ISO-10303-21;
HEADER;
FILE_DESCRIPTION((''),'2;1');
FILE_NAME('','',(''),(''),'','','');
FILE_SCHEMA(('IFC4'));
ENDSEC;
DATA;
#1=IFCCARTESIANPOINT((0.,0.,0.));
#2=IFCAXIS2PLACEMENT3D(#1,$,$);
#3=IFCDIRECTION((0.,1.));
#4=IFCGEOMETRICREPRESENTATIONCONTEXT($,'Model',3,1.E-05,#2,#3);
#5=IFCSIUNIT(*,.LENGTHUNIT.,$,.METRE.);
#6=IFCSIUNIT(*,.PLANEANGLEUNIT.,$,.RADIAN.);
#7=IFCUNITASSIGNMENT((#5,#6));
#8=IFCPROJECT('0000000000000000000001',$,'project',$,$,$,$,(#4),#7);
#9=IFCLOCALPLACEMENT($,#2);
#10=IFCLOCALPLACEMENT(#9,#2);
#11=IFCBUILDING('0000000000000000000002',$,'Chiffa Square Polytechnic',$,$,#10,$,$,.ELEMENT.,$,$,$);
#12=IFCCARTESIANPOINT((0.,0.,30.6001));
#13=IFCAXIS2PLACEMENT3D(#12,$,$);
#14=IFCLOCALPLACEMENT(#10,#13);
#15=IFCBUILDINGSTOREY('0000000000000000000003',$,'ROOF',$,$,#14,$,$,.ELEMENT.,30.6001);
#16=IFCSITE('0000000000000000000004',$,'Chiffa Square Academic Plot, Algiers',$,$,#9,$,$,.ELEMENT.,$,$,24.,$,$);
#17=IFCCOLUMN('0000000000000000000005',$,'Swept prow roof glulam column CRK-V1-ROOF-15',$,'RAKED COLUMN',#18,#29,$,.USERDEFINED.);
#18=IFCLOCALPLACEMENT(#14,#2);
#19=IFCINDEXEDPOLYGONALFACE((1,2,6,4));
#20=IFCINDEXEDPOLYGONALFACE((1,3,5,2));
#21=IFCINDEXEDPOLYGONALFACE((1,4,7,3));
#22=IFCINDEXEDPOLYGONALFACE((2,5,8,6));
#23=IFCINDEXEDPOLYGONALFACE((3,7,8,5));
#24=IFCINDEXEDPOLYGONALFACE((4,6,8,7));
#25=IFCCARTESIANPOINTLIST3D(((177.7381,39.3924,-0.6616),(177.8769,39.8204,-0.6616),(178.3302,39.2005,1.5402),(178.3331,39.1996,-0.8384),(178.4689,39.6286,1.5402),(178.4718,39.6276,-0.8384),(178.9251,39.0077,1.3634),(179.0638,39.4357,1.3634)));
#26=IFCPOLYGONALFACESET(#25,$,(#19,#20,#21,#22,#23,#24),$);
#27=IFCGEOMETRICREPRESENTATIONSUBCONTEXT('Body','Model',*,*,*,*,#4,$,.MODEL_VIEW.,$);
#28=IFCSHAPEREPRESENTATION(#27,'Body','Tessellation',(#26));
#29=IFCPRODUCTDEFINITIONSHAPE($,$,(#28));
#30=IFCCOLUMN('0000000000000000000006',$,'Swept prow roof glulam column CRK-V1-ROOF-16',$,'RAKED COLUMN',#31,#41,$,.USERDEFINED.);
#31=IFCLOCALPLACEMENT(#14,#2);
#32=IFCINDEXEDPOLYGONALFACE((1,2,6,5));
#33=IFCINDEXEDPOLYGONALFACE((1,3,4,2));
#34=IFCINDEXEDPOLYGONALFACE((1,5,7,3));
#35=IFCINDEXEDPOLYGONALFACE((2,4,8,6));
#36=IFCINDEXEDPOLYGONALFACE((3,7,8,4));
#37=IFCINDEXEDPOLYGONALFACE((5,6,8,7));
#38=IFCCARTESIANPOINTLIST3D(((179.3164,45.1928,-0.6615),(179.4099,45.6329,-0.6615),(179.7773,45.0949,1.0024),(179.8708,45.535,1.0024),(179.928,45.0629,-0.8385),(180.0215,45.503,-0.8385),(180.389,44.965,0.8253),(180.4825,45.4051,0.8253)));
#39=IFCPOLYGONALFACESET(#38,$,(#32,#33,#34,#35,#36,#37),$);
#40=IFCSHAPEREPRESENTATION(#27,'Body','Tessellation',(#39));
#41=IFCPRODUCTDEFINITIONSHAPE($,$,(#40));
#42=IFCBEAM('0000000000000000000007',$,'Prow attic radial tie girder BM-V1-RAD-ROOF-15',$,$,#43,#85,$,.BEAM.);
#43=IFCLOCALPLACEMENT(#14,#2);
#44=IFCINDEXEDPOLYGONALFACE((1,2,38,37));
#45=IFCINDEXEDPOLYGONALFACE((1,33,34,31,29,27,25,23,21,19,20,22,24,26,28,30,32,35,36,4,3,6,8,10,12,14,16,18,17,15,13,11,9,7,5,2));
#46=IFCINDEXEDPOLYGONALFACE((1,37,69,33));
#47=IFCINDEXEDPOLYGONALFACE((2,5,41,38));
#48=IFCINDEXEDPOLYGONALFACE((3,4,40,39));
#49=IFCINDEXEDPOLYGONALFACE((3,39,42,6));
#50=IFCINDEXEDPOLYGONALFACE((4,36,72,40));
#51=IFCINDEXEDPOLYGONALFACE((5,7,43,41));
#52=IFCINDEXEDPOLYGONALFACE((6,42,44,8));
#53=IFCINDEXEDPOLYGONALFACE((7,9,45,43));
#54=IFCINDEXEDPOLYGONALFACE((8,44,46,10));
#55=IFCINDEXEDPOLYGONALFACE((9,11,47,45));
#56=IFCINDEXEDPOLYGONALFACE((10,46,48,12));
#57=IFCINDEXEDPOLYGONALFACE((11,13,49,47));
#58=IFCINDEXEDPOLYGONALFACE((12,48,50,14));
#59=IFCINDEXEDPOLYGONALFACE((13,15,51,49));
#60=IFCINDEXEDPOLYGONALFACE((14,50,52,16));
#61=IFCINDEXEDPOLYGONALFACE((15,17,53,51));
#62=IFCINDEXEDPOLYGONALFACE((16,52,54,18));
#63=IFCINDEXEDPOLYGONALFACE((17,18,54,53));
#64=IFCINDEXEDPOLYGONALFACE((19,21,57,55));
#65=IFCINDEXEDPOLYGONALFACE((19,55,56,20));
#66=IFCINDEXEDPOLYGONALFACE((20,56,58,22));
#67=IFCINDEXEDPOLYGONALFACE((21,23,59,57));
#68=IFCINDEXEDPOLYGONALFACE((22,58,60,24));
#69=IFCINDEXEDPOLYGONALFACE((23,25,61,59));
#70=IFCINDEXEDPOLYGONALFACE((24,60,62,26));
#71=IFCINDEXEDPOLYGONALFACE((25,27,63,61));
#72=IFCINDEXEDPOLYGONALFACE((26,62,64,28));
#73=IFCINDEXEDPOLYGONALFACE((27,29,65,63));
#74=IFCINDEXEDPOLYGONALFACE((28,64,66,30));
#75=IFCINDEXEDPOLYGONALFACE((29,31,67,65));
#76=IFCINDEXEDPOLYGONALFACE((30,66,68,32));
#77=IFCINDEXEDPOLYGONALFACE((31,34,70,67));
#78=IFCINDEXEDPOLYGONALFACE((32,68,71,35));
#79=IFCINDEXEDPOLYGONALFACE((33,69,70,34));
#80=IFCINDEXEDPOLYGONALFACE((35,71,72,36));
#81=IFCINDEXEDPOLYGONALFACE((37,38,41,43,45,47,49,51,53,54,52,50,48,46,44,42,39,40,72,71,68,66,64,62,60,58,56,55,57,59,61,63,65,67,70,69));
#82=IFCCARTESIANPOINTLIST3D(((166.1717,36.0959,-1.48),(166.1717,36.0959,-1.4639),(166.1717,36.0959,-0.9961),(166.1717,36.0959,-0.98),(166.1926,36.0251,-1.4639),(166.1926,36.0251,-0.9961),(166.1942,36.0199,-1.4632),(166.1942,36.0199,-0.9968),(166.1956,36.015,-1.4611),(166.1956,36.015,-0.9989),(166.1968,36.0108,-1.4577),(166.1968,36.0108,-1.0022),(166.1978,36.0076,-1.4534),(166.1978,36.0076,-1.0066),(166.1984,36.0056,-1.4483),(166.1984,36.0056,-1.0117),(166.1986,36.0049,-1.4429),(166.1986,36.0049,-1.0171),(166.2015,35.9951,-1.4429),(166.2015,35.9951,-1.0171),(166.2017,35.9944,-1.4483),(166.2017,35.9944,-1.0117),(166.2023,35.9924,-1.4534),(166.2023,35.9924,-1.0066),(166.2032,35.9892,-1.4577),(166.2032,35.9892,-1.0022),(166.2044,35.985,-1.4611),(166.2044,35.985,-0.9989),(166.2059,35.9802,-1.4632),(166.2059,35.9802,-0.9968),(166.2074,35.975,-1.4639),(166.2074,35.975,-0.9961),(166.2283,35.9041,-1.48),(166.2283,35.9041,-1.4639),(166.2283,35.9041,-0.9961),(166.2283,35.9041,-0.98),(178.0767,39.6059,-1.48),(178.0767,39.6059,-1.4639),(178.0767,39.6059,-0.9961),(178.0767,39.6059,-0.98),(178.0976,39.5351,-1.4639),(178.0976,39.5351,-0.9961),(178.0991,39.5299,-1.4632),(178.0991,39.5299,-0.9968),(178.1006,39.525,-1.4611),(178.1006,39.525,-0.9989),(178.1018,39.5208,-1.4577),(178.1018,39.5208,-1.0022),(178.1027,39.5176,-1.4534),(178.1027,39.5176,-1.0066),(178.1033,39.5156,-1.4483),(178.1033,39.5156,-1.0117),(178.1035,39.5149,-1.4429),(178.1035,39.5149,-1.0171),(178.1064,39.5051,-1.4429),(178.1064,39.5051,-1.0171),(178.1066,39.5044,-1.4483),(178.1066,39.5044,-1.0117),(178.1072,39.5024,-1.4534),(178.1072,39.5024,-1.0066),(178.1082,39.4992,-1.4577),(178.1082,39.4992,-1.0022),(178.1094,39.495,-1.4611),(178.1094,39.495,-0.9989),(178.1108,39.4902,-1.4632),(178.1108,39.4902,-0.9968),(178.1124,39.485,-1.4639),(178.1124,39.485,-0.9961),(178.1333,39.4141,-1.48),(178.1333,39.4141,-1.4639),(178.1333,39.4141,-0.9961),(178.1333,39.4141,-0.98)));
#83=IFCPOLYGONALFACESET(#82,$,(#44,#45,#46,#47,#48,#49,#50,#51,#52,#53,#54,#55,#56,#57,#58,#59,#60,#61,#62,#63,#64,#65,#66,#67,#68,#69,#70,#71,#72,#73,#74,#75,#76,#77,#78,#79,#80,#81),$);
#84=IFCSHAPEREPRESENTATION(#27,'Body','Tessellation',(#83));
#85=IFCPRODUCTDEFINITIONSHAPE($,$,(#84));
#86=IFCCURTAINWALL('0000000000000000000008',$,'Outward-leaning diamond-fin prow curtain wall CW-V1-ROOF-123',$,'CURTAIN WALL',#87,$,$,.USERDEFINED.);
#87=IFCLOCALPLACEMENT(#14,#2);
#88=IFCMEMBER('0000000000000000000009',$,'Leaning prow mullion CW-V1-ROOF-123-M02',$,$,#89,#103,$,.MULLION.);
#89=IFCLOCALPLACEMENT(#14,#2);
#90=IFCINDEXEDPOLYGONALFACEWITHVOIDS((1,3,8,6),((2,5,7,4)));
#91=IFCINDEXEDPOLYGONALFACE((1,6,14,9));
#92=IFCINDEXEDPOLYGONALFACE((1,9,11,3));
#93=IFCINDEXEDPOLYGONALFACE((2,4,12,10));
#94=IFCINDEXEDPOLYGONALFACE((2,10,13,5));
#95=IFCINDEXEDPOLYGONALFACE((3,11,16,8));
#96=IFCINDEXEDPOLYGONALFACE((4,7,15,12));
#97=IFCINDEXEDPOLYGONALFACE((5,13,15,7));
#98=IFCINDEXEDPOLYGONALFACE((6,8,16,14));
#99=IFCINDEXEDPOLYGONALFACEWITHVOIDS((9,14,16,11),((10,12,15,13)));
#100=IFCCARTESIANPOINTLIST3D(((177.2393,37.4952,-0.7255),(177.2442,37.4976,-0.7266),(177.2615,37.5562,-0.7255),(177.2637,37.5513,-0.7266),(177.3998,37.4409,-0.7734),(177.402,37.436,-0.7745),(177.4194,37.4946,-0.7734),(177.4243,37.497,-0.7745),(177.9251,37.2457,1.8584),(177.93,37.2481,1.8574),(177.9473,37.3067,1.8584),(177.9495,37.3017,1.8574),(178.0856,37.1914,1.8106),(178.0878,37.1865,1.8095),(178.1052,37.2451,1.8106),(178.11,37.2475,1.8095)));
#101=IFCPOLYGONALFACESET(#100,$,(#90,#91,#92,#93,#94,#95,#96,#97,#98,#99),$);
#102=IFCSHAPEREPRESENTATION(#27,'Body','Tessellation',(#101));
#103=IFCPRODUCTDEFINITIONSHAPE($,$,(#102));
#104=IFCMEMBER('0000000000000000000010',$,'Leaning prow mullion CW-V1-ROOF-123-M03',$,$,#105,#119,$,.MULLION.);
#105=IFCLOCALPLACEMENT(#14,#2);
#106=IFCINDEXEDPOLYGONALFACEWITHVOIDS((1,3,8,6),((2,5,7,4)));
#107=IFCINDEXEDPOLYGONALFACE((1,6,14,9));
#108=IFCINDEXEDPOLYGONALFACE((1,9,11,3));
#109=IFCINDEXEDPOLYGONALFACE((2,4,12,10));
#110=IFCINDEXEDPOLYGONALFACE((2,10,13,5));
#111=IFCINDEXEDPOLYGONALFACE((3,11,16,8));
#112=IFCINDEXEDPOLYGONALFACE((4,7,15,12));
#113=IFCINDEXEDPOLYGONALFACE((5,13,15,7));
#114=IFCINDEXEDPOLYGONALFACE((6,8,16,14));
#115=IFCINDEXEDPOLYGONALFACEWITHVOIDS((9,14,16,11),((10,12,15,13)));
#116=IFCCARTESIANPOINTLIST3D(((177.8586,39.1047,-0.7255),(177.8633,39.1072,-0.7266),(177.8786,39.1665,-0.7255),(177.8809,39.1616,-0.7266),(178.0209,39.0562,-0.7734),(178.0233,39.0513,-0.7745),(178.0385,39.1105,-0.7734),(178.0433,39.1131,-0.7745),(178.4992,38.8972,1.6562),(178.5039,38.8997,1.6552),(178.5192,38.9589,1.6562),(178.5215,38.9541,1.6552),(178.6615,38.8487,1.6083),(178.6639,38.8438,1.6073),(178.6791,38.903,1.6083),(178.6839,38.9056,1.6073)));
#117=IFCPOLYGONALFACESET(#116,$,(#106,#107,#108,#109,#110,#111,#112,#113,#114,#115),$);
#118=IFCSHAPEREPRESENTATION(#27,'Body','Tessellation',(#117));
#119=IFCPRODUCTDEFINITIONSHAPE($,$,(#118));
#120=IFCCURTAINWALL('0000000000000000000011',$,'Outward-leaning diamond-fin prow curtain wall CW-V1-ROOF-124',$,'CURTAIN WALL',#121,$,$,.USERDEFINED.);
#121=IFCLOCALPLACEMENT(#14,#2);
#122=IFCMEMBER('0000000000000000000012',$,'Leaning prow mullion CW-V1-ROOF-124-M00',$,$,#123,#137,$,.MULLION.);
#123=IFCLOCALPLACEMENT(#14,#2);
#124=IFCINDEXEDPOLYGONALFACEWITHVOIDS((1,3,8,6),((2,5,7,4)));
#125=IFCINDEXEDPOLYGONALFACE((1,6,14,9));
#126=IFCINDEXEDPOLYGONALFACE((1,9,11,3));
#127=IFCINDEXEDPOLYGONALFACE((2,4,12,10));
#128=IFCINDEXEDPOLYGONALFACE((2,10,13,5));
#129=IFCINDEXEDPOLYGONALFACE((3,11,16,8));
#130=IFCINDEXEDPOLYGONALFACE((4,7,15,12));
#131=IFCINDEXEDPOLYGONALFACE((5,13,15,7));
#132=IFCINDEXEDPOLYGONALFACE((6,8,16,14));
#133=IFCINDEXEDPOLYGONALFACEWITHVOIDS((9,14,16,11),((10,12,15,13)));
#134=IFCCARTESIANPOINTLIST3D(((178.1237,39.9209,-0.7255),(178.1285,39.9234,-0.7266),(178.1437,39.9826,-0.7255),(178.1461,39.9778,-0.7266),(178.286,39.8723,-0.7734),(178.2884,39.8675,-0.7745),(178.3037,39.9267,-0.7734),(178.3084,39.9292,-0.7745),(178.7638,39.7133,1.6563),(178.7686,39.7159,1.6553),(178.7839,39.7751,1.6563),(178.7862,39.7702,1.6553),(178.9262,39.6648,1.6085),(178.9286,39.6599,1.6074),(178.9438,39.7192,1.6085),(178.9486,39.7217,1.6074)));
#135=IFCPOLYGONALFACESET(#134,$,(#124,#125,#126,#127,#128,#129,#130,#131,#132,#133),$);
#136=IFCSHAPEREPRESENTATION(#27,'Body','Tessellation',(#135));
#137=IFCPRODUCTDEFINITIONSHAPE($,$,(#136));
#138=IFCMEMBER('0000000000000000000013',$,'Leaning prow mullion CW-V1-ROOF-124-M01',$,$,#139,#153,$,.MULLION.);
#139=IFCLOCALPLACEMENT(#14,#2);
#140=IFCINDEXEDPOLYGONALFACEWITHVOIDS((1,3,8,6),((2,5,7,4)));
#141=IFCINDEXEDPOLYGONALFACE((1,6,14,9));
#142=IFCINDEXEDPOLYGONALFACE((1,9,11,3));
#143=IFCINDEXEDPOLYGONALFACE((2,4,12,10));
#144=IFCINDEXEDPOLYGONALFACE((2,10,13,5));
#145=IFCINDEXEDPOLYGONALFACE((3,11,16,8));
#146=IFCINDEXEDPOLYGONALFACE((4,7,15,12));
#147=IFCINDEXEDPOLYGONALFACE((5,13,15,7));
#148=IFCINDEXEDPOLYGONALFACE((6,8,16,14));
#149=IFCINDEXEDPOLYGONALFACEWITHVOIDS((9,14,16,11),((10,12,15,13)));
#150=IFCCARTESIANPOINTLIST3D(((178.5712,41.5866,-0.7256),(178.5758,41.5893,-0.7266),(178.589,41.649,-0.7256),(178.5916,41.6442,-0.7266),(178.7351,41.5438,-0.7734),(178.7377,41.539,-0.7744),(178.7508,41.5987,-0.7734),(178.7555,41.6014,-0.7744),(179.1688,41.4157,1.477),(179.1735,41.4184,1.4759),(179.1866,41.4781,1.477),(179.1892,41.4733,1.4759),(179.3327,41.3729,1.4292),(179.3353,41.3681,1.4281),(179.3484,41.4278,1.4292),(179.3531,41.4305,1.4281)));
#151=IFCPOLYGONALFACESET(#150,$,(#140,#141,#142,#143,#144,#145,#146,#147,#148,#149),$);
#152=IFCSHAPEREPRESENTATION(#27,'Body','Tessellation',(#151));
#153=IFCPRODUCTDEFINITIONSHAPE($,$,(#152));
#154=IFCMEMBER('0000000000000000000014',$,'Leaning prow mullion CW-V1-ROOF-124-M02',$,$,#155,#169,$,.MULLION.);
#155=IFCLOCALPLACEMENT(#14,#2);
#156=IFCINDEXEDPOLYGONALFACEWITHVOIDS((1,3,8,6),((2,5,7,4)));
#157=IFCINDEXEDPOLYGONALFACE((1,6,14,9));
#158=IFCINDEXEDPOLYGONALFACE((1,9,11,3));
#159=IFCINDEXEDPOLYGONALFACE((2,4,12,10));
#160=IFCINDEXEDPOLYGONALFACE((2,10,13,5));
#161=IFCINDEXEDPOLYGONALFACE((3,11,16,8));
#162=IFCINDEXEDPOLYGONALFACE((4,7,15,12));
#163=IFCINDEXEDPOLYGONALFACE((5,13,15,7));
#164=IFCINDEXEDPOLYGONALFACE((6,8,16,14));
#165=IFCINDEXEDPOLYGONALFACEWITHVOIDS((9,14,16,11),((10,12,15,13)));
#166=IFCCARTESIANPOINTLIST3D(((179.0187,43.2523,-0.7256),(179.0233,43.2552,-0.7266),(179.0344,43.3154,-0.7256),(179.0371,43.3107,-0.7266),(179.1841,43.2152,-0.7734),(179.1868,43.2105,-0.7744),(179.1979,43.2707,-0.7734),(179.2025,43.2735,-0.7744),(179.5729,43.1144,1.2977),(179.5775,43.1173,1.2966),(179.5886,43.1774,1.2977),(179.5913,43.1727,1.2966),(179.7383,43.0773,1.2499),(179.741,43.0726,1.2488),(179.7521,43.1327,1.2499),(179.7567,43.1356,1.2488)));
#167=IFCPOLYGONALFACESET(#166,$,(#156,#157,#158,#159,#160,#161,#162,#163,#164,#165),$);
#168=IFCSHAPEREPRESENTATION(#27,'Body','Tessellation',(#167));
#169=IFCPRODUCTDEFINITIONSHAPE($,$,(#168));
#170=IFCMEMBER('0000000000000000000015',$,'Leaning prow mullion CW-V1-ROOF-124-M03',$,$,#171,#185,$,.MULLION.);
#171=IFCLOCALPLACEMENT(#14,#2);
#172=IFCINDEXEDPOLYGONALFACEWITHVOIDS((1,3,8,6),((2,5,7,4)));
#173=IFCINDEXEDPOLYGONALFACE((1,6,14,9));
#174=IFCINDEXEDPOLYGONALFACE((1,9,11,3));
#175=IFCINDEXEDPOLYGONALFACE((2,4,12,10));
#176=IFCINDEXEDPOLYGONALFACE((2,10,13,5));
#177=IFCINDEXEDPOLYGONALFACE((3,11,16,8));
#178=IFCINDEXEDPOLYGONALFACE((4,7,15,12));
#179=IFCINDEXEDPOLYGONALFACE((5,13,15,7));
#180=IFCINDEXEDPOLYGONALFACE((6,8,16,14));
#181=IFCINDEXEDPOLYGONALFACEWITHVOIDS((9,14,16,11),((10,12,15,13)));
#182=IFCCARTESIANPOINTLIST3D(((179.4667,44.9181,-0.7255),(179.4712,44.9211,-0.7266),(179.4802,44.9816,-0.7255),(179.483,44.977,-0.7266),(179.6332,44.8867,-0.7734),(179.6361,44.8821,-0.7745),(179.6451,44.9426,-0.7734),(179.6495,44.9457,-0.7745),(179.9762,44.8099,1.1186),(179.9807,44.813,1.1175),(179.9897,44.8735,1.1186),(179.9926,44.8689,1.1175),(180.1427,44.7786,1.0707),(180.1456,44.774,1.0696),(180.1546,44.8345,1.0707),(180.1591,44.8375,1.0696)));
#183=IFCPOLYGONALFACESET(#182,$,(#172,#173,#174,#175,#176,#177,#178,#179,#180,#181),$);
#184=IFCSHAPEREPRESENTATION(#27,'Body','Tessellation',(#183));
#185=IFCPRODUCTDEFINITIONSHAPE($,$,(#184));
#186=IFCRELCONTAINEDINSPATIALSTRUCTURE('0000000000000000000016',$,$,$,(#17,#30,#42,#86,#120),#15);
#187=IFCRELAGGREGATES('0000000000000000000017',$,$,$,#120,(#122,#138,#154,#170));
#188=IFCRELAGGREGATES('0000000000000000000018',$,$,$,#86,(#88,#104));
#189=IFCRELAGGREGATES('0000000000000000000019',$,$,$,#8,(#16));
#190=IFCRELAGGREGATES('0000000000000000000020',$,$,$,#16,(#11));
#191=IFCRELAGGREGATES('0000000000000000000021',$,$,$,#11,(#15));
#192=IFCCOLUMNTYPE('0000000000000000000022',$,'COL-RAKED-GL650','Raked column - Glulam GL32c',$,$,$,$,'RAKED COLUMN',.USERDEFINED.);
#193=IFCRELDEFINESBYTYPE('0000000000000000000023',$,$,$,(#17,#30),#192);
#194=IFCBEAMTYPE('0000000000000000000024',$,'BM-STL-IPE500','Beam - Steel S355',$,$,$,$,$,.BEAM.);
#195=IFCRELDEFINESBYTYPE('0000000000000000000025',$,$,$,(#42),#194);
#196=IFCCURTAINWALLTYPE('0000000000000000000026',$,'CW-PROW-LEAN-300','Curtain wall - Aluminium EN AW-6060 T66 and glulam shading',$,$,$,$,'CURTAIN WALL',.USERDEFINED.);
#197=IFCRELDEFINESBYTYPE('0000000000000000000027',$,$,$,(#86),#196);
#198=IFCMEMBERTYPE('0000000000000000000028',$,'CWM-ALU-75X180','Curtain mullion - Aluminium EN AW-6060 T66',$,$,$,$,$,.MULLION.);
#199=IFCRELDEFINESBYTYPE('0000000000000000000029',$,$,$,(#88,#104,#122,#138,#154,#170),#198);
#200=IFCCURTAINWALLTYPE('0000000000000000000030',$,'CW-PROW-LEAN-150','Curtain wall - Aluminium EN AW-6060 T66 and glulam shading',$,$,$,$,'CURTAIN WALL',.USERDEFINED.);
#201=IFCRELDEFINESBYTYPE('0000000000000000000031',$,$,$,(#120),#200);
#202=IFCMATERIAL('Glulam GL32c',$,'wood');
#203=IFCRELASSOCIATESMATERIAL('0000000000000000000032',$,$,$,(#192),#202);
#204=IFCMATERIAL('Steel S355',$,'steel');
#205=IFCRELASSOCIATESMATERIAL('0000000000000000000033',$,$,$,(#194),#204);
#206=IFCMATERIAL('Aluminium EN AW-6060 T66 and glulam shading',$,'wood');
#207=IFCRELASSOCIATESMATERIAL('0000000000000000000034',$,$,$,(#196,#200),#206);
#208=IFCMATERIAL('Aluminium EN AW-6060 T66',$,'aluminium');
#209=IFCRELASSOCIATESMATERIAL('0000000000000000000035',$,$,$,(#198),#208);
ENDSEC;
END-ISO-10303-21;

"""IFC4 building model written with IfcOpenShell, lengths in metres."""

from ifc_helpers import new_model, si_unit, direction, frame, origin, origin_2d, place, context, subcontext, project, spatial, rectangle, hollow_rectangle, i_section, extrude, material, material_profile, profile_set, type_object, element, aggregate, save


model = new_model("IFC4")

# Units and contexts
model_context = context("Model", 3, precision=1e-05, world=origin(), true_north=direction((0.0, 1.0)))
body_context = subcontext(model_context, "Body", "Model", "MODEL_VIEW")
ifc_project = project(units=[si_unit("LENGTHUNIT", "METRE"), si_unit("PLANEANGLEUNIT", "RADIAN")], contexts=[model_context])

# Site, building, storey
site_placement = place(None, origin())
site = spatial("IfcSite", under=ifc_project, at=site_placement, Name="Chiffa Square Academic Plot, Algiers", CompositionType="ELEMENT", RefElevation=24.0)
building_placement = place(site_placement, origin())
building = spatial("IfcBuilding", under=site, at=building_placement, Name="Chiffa Square Polytechnic", CompositionType="ELEMENT")
storey_placement = place(building_placement, frame((0.0, 0.0, 30.6001)))
storey = spatial("IfcBuildingStorey", under=building, at=storey_placement, Name="ROOF", CompositionType="ELEMENT", Elevation=30.6001)

# Columns
ifc_material_1 = material(Name="Glulam GL32c", Category="wood")
ifc_material_profile_1 = material_profile(ifc_material_1, rectangle(XDim=0.45, YDim=0.6499, at=origin_2d()), Name="GL32c 450x650")
ifc_profile_set_1 = profile_set([ifc_material_profile_1], Name="Glulam GL32c")
column_type = type_object("IfcColumnType", Name="COL-RAKED-GL650", Description="Raked column - Glulam GL32c", ElementType="RAKED COLUMN", PredefinedType="USERDEFINED", material=ifc_profile_set_1)
column_1_placement = place(storey_placement, frame((178.105, 39.51, -0.75), z_axis=(0.25874, -0.083864, 0.9623), x_axis=(0.308332, 0.951279, 0.0)))
element("IfcColumn", 1, at=column_1_placement, inside=storey, type_object=column_type, Name="Swept prow roof glulam column CRK-V1-ROOF-15", ObjectType="RAKED COLUMN", PredefinedType="USERDEFINED", context=body_context, shape_type="SweptSolid", body=[
    extrude(rectangle(XDim=0.45, YDim=0.6499, at=origin_2d()), origin(), (0.0, 0.0, 1.0), 2.2881),
])
column_2_placement = place(storey_placement, frame((179.6689, 45.3479, -0.75), z_axis=(0.266552, -0.056614, 0.962156), x_axis=(0.20776, 0.97818, 0.0)))
element("IfcColumn", 2, at=column_2_placement, inside=storey, type_object=column_type, Name="Swept prow roof glulam column CRK-V1-ROOF-16", ObjectType="RAKED COLUMN", PredefinedType="USERDEFINED", context=body_context, shape_type="SweptSolid", body=[
    extrude(rectangle(XDim=0.45, YDim=0.6499, at=origin_2d()), origin(), (0.0, 0.0, 1.0), 1.7292),
])

# Beam
ifc_material_2 = material(Name="Steel S355", Category="steel")
ifc_material_profile_2 = material_profile(ifc_material_2, i_section(OverallWidth=0.2, OverallDepth=0.5, WebThickness=0.0103, FlangeThickness=0.0161, FilletRadius=0.021, at=origin_2d()), Name="IPE 500")
ifc_profile_set_2 = profile_set([ifc_material_profile_2], Name="Steel S355")
beam_type_1 = type_object("IfcBeamType", Name="BM-STL-IPE500", Description="Beam - Steel S355", PredefinedType="BEAM", material=ifc_profile_set_2)
beam_1_placement = place(storey_placement, frame((178.105, 39.51, -1.23), z_axis=(-0.959179, -0.282799, 0.0), x_axis=(0.282799, -0.959179, 0.0)))
element("IfcBeam", 3, at=beam_1_placement, inside=storey, type_object=beam_type_1, Name="Prow attic radial tie girder BM-V1-RAD-ROOF-15", PredefinedType="BEAM", context=body_context, shape_type="SweptSolid", body=[
    extrude(i_section(OverallWidth=0.2, OverallDepth=0.5, WebThickness=0.0103, FlangeThickness=0.0161, FilletRadius=0.021, at=origin_2d()), origin(), (0.0, 0.0, 1.0), 12.4116),
])

# Curtain walls, members
ifc_material_3 = material(Name="Aluminium EN AW-6060 T66 and glulam shading", Category="wood")
curtain_wall_type_1 = type_object("IfcCurtainWallType", Name="CW-PROW-LEAN-300", Description="Curtain wall - Aluminium EN AW-6060 T66 and glulam shading", ElementType="CURTAIN WALL", PredefinedType="USERDEFINED", material=ifc_material_3)
curtain_wall_1_placement = place(storey_placement, origin())
curtain_wall_1 = element("IfcCurtainWall", 4, at=curtain_wall_1_placement, inside=storey, type_object=curtain_wall_type_1, Name="Outward-leaning diamond-fin prow curtain wall CW-V1-ROOF-123", ObjectType="CURTAIN WALL", PredefinedType="USERDEFINED")
ifc_material_4 = material(Name="Aluminium EN AW-6060 T66", Category="aluminium")
ifc_material_profile_3 = material_profile(ifc_material_4, hollow_rectangle(XDim=0.0649, YDim=0.1799, WallThickness=0.0039, at=origin_2d()), Name="ALU 65x180x4")
ifc_profile_set_3 = profile_set([ifc_material_profile_3], Name="Aluminium EN AW-6060 T66")
member_type_1 = type_object("IfcMemberType", Name="CWM-ALU-75X180", Description="Curtain mullion - Aluminium EN AW-6060 T66", PredefinedType="MULLION", material=ifc_profile_set_3)
member_1_placement = place(storey_placement, frame((177.3318, 37.4961, -0.75), z_axis=(0.25541, -0.092926, 0.962357), x_axis=(0.341904, 0.939735, 0.0)))
member_1 = element("IfcMember", 5, at=member_1_placement, type_object=member_type_1, Name="Leaning prow mullion CW-V1-ROOF-123-M02", PredefinedType="MULLION", context=body_context, shape_type="SweptSolid", body=[
    extrude(hollow_rectangle(XDim=0.0649, YDim=0.1799, WallThickness=0.0039, at=origin_2d()), origin(), (0.0, 0.0, 1.0), 2.6851),
])
member_2_placement = place(storey_placement, frame((177.9509, 39.1089, -0.75), z_axis=(0.258818, -0.08384, 0.962281), x_axis=(0.308168, 0.951332, 0.0)))
member_2 = element("IfcMember", 6, at=member_2_placement, type_object=member_type_1, Name="Leaning prow mullion CW-V1-ROOF-123-M03", PredefinedType="MULLION", context=body_context, shape_type="SweptSolid", body=[
    extrude(hollow_rectangle(XDim=0.0649, YDim=0.1799, WallThickness=0.0039, at=origin_2d()), origin(), (0.0, 0.0, 1.0), 2.4751),
])
curtain_wall_type_2 = type_object("IfcCurtainWallType", Name="CW-PROW-LEAN-150", Description="Curtain wall - Aluminium EN AW-6060 T66 and glulam shading", ElementType="CURTAIN WALL", PredefinedType="USERDEFINED", material=ifc_material_3)
curtain_wall_2_placement = place(storey_placement, origin())
curtain_wall_2 = element("IfcCurtainWall", 7, at=curtain_wall_2_placement, inside=storey, type_object=curtain_wall_type_2, Name="Outward-leaning diamond-fin prow curtain wall CW-V1-ROOF-124", ObjectType="CURTAIN WALL", PredefinedType="USERDEFINED")
member_3_placement = place(storey_placement, frame((178.2161, 39.925, -0.75), z_axis=(0.258634, -0.083844, 0.96233), x_axis=(0.30838, 0.951263, 0.0)))
member_3 = element("IfcMember", 8, at=member_3_placement, type_object=member_type_1, Name="Leaning prow mullion CW-V1-ROOF-124-M00", PredefinedType="MULLION", context=body_context, shape_type="SweptSolid", body=[
    extrude(hollow_rectangle(XDim=0.0649, YDim=0.1799, WallThickness=0.0039, at=origin_2d()), origin(), (0.0, 0.0, 1.0), 2.4751),
])
member_4_placement = place(storey_placement, frame((178.6633, 41.594, -0.75), z_axis=(0.261137, -0.074672, 0.962409), x_axis=(0.274929, 0.961465, 0.0)))
member_4 = element("IfcMember", 9, at=member_4_placement, type_object=member_type_1, Name="Leaning prow mullion CW-V1-ROOF-124-M01", PredefinedType="MULLION", context=body_context, shape_type="SweptSolid", body=[
    extrude(hollow_rectangle(XDim=0.0649, YDim=0.1799, WallThickness=0.0039, at=origin_2d()), origin(), (0.0, 0.0, 1.0), 2.2886),
])
member_5_placement = place(storey_placement, frame((179.1106, 43.2629, -0.75), z_axis=(0.263621, -0.065615, 0.962392), x_axis=(0.24153, 0.970393, 0.0)))
member_5 = element("IfcMember", 10, at=member_5_placement, type_object=member_type_1, Name="Leaning prow mullion CW-V1-ROOF-124-M02", PredefinedType="MULLION", context=body_context, shape_type="SweptSolid", body=[
    extrude(hollow_rectangle(XDim=0.0649, YDim=0.1799, WallThickness=0.0039, at=origin_2d()), origin(), (0.0, 0.0, 1.0), 2.1023),
])
member_6_placement = place(storey_placement, frame((179.5581, 44.9319, -0.75), z_axis=(0.265909, -0.056444, 0.962344), x_axis=(0.20764, 0.978205, 0.0)))
member_6 = element("IfcMember", 11, at=member_6_placement, type_object=member_type_1, Name="Leaning prow mullion CW-V1-ROOF-124-M03", PredefinedType="MULLION", context=body_context, shape_type="SweptSolid", body=[
    extrude(hollow_rectangle(XDim=0.0649, YDim=0.1799, WallThickness=0.0039, at=origin_2d()), origin(), (0.0, 0.0, 1.0), 1.9163),
])

aggregate(curtain_wall_2, [member_3, member_4, member_5, member_6])
aggregate(curtain_wall_1, [member_1, member_2])

save(model, "model.ifc")
